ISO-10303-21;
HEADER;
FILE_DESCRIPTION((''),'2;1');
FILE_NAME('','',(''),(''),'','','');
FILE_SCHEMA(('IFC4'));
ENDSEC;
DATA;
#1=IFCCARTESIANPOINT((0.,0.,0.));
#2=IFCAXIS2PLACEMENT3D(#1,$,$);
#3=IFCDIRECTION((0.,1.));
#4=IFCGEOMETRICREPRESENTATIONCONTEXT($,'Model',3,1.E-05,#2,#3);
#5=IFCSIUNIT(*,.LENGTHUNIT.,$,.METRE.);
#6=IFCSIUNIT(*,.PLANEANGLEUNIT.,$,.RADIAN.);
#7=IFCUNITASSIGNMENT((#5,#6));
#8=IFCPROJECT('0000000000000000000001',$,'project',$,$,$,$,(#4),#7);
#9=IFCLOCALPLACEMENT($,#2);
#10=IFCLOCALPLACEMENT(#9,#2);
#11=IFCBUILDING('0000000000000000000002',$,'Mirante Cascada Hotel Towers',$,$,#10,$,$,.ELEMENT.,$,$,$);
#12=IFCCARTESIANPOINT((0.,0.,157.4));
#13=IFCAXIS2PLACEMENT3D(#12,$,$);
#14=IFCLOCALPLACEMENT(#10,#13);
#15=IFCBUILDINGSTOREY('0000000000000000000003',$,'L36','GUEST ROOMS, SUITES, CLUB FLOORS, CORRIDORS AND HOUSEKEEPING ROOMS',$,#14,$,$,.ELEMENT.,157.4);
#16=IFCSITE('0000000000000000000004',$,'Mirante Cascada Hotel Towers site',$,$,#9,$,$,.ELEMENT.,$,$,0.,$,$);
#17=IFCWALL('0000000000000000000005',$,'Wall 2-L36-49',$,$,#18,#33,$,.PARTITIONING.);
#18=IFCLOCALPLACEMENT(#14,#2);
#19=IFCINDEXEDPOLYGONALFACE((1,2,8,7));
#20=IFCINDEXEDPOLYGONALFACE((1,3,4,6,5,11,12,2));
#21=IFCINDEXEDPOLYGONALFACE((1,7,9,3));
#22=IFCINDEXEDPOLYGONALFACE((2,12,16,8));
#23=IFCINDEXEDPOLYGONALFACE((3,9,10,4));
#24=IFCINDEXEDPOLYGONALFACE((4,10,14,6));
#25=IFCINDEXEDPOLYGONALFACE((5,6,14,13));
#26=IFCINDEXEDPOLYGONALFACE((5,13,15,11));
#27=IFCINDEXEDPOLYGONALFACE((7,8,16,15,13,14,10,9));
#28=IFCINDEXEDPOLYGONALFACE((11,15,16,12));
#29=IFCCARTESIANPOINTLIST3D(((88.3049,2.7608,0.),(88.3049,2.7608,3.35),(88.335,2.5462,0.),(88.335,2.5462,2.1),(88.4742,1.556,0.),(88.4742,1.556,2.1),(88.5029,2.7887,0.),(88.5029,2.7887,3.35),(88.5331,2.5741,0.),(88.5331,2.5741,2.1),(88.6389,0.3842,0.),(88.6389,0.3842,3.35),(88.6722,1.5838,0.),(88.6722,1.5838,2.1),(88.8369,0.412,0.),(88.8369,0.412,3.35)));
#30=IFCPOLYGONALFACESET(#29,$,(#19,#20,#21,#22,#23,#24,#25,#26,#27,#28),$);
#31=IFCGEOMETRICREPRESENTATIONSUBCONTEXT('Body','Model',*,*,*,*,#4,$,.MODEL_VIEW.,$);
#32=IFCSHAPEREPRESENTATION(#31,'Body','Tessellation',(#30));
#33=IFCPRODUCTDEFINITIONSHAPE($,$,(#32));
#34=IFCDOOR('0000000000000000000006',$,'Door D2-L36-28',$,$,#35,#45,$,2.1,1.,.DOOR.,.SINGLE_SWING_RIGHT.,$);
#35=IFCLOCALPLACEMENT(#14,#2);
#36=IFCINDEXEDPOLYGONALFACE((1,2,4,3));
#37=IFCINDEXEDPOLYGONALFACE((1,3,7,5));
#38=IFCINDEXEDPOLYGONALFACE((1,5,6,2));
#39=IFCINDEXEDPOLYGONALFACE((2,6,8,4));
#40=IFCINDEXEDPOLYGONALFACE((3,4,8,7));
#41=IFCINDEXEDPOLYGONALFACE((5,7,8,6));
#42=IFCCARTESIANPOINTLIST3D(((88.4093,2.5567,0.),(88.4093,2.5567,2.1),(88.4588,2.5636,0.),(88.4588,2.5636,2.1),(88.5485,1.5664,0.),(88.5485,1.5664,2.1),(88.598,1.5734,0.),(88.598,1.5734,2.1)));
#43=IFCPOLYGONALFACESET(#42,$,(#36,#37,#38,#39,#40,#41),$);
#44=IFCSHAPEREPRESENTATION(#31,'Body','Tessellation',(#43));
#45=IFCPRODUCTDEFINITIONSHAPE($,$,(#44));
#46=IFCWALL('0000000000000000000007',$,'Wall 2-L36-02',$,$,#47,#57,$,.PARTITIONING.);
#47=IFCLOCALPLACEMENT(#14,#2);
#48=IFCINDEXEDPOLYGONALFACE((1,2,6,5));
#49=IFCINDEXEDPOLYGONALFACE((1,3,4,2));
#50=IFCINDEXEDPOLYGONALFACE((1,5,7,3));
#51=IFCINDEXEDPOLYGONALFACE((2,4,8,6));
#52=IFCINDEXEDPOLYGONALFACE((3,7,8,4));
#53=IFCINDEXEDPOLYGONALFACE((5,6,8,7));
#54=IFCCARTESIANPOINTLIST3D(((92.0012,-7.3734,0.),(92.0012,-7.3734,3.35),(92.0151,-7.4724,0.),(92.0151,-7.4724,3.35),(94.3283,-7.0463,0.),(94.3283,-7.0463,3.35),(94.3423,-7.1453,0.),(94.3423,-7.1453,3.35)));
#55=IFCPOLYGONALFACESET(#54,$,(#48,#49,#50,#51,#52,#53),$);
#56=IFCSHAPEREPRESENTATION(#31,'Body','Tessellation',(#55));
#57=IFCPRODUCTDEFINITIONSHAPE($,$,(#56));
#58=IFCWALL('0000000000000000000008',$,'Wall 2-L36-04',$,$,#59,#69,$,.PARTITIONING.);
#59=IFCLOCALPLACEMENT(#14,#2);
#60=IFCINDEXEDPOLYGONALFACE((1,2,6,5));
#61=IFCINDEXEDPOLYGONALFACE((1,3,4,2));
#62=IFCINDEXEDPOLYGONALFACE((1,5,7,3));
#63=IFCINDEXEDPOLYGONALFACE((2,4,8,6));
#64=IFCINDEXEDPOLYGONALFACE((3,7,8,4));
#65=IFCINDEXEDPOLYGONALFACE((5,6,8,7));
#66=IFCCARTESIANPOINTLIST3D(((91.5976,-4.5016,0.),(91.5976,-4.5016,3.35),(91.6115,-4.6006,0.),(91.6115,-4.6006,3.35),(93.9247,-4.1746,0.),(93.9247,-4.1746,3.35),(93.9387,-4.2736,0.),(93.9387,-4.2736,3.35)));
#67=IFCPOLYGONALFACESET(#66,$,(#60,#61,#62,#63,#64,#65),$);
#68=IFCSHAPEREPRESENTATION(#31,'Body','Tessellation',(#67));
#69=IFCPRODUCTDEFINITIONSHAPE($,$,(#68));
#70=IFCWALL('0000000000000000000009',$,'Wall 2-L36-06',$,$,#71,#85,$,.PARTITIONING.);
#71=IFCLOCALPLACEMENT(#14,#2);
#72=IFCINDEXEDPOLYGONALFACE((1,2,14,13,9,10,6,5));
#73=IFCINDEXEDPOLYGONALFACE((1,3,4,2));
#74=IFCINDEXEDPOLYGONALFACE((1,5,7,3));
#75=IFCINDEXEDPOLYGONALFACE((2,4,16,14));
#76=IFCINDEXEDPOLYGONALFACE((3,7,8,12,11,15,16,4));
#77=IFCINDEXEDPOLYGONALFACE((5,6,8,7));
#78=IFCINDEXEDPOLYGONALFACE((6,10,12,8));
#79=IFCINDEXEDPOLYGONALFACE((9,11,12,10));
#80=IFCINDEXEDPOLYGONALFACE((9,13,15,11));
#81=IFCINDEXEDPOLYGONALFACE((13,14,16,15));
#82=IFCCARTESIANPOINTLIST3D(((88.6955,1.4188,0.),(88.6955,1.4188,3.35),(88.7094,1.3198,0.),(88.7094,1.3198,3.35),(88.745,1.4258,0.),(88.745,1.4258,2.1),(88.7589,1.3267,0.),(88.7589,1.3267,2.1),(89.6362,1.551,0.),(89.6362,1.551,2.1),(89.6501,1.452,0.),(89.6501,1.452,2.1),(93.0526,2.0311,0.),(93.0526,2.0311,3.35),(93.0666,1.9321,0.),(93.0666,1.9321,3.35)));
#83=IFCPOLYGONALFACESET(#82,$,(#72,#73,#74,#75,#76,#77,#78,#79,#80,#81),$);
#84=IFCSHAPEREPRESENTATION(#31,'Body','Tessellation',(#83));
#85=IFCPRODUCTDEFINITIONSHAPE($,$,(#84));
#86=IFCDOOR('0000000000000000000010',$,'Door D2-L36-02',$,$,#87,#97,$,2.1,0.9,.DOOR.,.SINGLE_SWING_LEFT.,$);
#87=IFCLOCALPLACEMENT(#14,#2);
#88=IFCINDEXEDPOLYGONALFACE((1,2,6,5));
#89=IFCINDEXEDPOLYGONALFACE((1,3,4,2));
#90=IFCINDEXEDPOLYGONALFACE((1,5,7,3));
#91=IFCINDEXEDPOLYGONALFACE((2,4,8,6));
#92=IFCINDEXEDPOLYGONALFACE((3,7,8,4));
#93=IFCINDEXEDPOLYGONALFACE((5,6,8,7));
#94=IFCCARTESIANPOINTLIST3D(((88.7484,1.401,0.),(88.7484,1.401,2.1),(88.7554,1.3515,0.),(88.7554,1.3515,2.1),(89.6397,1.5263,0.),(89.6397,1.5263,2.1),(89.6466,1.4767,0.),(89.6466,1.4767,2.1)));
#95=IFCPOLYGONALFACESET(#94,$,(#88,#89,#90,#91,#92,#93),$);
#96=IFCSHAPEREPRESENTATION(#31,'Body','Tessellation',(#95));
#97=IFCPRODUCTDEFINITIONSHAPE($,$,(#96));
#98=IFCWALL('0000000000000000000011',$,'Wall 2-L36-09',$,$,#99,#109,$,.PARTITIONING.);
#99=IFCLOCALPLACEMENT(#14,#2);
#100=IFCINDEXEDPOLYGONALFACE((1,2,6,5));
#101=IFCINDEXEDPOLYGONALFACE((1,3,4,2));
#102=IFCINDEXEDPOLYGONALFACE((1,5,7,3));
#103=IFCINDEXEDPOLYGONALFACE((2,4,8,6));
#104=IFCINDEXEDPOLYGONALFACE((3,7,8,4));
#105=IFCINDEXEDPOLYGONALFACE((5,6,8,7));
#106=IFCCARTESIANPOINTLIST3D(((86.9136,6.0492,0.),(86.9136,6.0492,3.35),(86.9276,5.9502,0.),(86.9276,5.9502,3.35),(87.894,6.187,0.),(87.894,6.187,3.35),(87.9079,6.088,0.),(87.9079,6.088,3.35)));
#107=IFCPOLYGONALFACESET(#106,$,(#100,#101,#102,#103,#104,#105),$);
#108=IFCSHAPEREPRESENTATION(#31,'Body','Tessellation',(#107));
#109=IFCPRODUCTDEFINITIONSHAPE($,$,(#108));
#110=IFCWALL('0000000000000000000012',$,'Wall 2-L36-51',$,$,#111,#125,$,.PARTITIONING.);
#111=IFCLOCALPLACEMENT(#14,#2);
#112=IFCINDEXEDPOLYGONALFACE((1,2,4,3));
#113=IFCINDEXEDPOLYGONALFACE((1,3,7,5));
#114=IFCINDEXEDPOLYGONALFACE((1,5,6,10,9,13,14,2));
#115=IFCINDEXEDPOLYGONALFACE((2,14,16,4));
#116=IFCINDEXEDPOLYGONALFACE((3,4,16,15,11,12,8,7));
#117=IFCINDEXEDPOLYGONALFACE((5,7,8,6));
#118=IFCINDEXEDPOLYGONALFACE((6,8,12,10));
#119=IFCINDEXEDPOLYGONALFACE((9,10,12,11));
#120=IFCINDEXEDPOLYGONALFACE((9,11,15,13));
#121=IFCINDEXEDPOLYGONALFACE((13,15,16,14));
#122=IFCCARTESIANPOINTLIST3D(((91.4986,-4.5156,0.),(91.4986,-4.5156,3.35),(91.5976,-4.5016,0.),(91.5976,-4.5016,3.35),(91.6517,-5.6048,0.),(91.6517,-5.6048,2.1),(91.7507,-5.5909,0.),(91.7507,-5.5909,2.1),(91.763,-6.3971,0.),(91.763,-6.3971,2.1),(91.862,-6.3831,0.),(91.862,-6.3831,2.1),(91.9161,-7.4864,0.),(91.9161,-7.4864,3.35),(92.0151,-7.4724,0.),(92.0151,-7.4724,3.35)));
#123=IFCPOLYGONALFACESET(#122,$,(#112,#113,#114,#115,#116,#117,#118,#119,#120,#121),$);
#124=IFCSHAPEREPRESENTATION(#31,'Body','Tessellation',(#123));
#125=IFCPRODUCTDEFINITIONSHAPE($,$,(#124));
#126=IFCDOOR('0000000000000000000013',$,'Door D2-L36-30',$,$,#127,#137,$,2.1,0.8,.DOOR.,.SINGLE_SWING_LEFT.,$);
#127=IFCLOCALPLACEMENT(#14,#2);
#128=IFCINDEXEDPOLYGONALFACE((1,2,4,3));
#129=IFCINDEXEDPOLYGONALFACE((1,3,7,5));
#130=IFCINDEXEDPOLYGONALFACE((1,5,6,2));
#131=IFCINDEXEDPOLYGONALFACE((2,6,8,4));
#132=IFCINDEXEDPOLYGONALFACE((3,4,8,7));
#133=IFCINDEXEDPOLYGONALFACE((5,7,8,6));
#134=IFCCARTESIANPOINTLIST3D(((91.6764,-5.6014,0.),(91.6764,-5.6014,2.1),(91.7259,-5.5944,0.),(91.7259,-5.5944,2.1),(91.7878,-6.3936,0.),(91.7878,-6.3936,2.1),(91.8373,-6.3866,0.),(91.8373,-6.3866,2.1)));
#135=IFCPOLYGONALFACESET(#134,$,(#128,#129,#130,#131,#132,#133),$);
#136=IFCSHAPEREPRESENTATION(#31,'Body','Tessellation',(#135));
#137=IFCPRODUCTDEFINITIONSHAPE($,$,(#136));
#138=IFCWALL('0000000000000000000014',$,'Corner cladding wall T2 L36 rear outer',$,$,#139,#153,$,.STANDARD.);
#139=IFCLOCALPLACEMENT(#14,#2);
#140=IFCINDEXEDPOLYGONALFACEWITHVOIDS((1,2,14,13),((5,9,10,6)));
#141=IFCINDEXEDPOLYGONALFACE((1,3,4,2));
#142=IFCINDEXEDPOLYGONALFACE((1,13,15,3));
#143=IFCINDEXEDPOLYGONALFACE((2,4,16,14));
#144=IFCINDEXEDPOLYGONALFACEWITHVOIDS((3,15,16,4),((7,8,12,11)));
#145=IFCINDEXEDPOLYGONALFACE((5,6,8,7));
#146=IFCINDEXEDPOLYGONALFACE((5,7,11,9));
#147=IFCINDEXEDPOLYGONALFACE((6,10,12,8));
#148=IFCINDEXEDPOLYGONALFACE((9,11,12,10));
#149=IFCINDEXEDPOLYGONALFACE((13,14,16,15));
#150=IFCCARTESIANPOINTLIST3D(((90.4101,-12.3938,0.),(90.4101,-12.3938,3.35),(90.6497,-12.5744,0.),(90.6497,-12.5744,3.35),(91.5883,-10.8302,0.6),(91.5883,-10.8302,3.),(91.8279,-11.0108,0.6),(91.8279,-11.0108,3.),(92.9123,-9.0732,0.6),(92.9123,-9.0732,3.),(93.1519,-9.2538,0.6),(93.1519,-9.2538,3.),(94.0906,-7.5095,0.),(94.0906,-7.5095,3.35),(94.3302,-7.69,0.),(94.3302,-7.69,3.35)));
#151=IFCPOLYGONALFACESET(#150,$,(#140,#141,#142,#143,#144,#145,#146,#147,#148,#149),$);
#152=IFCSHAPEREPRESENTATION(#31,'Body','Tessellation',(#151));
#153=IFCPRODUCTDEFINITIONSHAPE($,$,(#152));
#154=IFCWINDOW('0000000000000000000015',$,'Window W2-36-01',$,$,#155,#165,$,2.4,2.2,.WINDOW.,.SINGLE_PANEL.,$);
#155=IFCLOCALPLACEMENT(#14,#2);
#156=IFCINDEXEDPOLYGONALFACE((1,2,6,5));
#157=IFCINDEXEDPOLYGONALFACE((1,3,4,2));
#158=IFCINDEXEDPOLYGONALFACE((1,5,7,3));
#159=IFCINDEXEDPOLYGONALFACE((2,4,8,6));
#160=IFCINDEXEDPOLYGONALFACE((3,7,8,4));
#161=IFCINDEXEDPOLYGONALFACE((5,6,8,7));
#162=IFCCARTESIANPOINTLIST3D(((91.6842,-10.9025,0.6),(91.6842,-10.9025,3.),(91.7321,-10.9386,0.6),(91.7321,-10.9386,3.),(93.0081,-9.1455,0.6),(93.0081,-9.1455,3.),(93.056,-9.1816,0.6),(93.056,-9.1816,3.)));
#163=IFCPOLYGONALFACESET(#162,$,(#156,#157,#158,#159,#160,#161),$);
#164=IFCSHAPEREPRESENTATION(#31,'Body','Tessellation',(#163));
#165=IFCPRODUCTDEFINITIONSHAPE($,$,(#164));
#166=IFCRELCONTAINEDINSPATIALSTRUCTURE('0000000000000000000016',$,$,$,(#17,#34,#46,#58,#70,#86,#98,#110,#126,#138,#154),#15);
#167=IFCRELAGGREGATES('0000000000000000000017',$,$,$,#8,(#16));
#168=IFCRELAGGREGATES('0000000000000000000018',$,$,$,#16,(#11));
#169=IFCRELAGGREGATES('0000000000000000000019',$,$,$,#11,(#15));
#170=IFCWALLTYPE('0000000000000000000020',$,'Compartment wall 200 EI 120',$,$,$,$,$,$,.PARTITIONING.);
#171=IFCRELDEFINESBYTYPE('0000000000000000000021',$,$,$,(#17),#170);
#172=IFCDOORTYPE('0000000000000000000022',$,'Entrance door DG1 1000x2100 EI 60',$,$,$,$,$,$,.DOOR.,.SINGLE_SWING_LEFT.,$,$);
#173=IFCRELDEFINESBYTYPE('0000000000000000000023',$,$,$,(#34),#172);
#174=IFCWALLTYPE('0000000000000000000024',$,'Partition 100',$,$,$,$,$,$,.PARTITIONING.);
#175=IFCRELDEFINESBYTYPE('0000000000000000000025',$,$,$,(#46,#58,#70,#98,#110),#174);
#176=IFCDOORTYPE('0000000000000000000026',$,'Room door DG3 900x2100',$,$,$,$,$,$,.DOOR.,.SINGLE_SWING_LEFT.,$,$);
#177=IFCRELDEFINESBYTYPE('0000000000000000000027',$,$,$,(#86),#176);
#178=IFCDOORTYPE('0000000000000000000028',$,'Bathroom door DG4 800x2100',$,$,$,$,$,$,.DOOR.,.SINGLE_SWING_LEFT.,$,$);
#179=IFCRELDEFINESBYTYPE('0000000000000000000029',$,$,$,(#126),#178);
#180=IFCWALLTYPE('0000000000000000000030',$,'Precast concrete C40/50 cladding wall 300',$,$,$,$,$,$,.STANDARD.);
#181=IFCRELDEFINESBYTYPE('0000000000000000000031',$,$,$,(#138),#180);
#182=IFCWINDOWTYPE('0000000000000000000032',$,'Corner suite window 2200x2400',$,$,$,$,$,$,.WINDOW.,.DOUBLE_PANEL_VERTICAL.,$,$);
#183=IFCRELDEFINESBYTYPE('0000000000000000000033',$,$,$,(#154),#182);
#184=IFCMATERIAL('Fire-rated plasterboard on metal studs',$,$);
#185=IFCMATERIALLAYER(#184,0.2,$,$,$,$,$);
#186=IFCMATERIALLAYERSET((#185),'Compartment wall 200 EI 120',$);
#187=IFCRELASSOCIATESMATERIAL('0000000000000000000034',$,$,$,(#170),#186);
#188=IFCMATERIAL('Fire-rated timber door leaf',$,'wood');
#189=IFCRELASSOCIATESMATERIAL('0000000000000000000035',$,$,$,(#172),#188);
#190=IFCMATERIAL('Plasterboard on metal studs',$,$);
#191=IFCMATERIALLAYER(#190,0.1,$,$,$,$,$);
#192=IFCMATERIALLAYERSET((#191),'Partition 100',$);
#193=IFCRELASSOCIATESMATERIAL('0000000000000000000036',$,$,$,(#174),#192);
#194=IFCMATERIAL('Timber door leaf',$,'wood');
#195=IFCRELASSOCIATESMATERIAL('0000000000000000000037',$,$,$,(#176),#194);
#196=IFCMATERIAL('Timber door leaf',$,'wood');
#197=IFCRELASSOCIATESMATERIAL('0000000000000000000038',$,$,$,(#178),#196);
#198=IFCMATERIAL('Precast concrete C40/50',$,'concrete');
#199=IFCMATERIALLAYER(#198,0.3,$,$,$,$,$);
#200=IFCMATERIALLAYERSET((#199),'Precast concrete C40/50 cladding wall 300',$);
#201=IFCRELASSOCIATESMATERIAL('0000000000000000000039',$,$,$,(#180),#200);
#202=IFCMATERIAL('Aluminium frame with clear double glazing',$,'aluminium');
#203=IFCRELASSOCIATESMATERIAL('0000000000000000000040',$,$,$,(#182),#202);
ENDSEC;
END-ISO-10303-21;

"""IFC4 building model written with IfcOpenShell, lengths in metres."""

from ifc_helpers import new_model, si_unit, direction, frame, frame_2d, origin, place, context, subcontext, project, spatial, rectangle, extrude, material, layer, layer_set, type_object, element, fill, save


model = new_model("IFC4")

# Units and contexts
model_context = context("Model", 3, precision=1e-05, world=origin(), true_north=direction((0.0, 1.0)))
body_context = subcontext(model_context, "Body", "Model", "MODEL_VIEW")
ifc_project = project(units=[si_unit("LENGTHUNIT", "METRE"), si_unit("PLANEANGLEUNIT", "RADIAN")], contexts=[model_context])

# Site, building, storey
site_placement = place(None, origin())
site = spatial("IfcSite", under=ifc_project, at=site_placement, Name="Mirante Cascada Hotel Towers site", CompositionType="ELEMENT", RefElevation=0.0)
building_placement = place(site_placement, origin())
building = spatial("IfcBuilding", under=site, at=building_placement, Name="Mirante Cascada Hotel Towers", CompositionType="ELEMENT")
storey_placement = place(building_placement, frame((0.0, 0.0, 157.4)))
storey = spatial("IfcBuildingStorey", under=building, at=storey_placement, Name="L36", Description="GUEST ROOMS, SUITES, CLUB FLOORS, CORRIDORS AND HOUSEKEEPING ROOMS", CompositionType="ELEMENT", Elevation=157.4)

# Shared definitions
ifc_material_1 = material(Name="Fire-rated plasterboard on metal studs")
ifc_layer_1 = layer(ifc_material_1, 0.2)
ifc_layer_set_1 = layer_set([ifc_layer_1], Name="Compartment wall 200 EI 120")
wall_type_1 = type_object("IfcWallType", Name="Compartment wall 200 EI 120", PredefinedType="PARTITIONING", material=ifc_layer_set_1)

# Wall, opening, door
wall_1_placement = place(storey_placement, frame((88.7379, 0.3981, 0.0), z_axis=(0.0, 0.0, 1.0), x_axis=(-0.139169, 0.990269, 0.0)))
wall_1 = element("IfcWall", 1, at=wall_1_placement, inside=storey, type_object=wall_type_1, Name="Wall 2-L36-49", PredefinedType="PARTITIONING", context=body_context, shape_type="SweptSolid", body=[
    extrude(rectangle(XDim=2.4, YDim=0.2, at=frame_2d((1.2, 0.0))), origin(), (0.0, 0.0, 1.0), 3.35),
])
opening_1_placement = place(wall_1_placement, frame((1.1833, 0.0, 0.0)))
opening_1 = element("IfcOpeningElement", 2, at=opening_1_placement, cuts=wall_1, PredefinedType="OPENING", context=body_context, shape_type="SweptSolid", body=[
    extrude(rectangle(XDim=1.0, YDim=2.1, at=frame_2d((0.5, 1.05))), frame((0.0, 0.1, 0.0), z_axis=(0.0, -1.0, 0.0), x_axis=(1.0, 0.0, 0.0)), (0.0, 0.0, 1.0), 0.2),
])
ifc_material_2 = material(Name="Fire-rated timber door leaf", Category="wood")
door_type_1 = type_object("IfcDoorType", Name="Entrance door DG1 1000x2100 EI 60", OperationType="SINGLE_SWING_LEFT", PredefinedType="DOOR", material=ifc_material_2)
door_1_placement = place(opening_1_placement, frame((1.0, 0.0, 0.0), z_axis=(0.0, 0.0, 1.0), x_axis=(-1.0, 0.0, 0.0)))
door_1 = element("IfcDoor", 3, at=door_1_placement, inside=storey, type_object=door_type_1, Name="Door D2-L36-28", OperationType="SINGLE_SWING_RIGHT", OverallHeight=2.1, OverallWidth=1.0, PredefinedType="DOOR", context=body_context, shape_type="SweptSolid", body=[
    extrude(rectangle(XDim=1.0, YDim=2.1, at=frame_2d((0.5, 1.05))), frame((0.0, 0.025, 0.0), z_axis=(0.0, -1.0, 0.0), x_axis=(1.0, 0.0, 0.0)), (0.0, 0.0, 1.0), 0.05),
])
fill(opening_1, door_1)

# Walls
ifc_material_3 = material(Name="Plasterboard on metal studs")
ifc_layer_2 = layer(ifc_material_3, 0.1)
ifc_layer_set_2 = layer_set([ifc_layer_2], Name="Partition 100")
wall_type_2 = type_object("IfcWallType", Name="Partition 100", PredefinedType="PARTITIONING", material=ifc_layer_set_2)
for number, where, z_axis, x_axis, name in (
    (4, (94.3353, -7.0958, 0.0), (0.0, 0.0, 1.0), (-0.990265, -0.139193, 0.0), "Wall 2-L36-02"),
    (5, (93.9317, -4.2241, 0.0), (0.0, 0.0, 1.0), (-0.990271, -0.139151, 0.0), "Wall 2-L36-04"),
):
    element("IfcWall", number, at=place(storey_placement, frame(where, z_axis=z_axis, x_axis=x_axis)), inside=storey, type_object=wall_type_2, Name=name, PredefinedType="PARTITIONING", context=body_context, shape_type="SweptSolid", body=[
        extrude(rectangle(XDim=2.35, YDim=0.1, at=frame_2d((1.175, 0.0))), origin(), (0.0, 0.0, 1.0), 3.35),
    ])

# Wall, opening, door
wall_2_placement = place(storey_placement, frame((93.0596, 1.9816, 0.0), z_axis=(0.0, 0.0, 1.0), x_axis=(-0.99027, -0.139159, 0.0)))
wall_2 = element("IfcWall", 6, at=wall_2_placement, inside=storey, type_object=wall_type_2, Name="Wall 2-L36-06", PredefinedType="PARTITIONING", context=body_context, shape_type="SweptSolid", body=[
    extrude(rectangle(XDim=4.4, YDim=0.1, at=frame_2d((2.2, 0.0))), origin(), (0.0, 0.0, 1.0), 3.35),
])
opening_2_placement = place(wall_2_placement, frame((3.45, 0.0, 0.0)))
opening_2 = element("IfcOpeningElement", 7, at=opening_2_placement, cuts=wall_2, PredefinedType="OPENING", context=body_context, shape_type="SweptSolid", body=[
    extrude(rectangle(XDim=0.9, YDim=2.1, at=frame_2d((0.45, 1.05))), frame((0.0, 0.05, 0.0), z_axis=(0.0, -1.0, 0.0), x_axis=(1.0, 0.0, 0.0)), (0.0, 0.0, 1.0), 0.1),
])
ifc_material_4 = material(Name="Timber door leaf", Category="wood")
door_type_2 = type_object("IfcDoorType", Name="Room door DG3 900x2100", OperationType="SINGLE_SWING_LEFT", PredefinedType="DOOR", material=ifc_material_4)
door_2_placement = place(opening_2_placement, origin())
door_2 = element("IfcDoor", 8, at=door_2_placement, inside=storey, type_object=door_type_2, Name="Door D2-L36-02", OperationType="SINGLE_SWING_LEFT", OverallHeight=2.1, OverallWidth=0.9, PredefinedType="DOOR", context=body_context, shape_type="SweptSolid", body=[
    extrude(rectangle(XDim=0.9, YDim=2.1, at=frame_2d((0.45, 1.05))), frame((0.0, 0.025, 0.0), z_axis=(0.0, -1.0, 0.0), x_axis=(1.0, 0.0, 0.0)), (0.0, 0.0, 1.0), 0.05),
])
fill(opening_2, door_2)

# Wall
wall_3_placement = place(storey_placement, frame((86.9206, 5.9997, 0.0), z_axis=(0.0, 0.0, 1.0), x_axis=(0.990266, 0.139187, 0.0)))
element("IfcWall", 9, at=wall_3_placement, inside=storey, type_object=wall_type_2, Name="Wall 2-L36-09", PredefinedType="PARTITIONING", context=body_context, shape_type="SweptSolid", body=[
    extrude(rectangle(XDim=0.99, YDim=0.1, at=frame_2d((0.495, 0.0))), origin(), (0.0, 0.0, 1.0), 3.35),
])

# Wall, opening, door
wall_4_placement = place(storey_placement, frame((91.9656, -7.4794, 0.0), z_axis=(0.0, 0.0, 1.0), x_axis=(-0.139167, 0.990269, 0.0)))
wall_4 = element("IfcWall", 10, at=wall_4_placement, inside=storey, type_object=wall_type_2, Name="Wall 2-L36-51", PredefinedType="PARTITIONING", context=body_context, shape_type="SweptSolid", body=[
    extrude(rectangle(XDim=3.0, YDim=0.1, at=frame_2d((1.5, 0.0))), origin(), (0.0, 0.0, 1.0), 3.35),
])
opening_3_placement = place(wall_4_placement, frame((1.1, 0.0, 0.0)))
opening_3 = element("IfcOpeningElement", 11, at=opening_3_placement, cuts=wall_4, PredefinedType="OPENING", context=body_context, shape_type="SweptSolid", body=[
    extrude(rectangle(XDim=0.8, YDim=2.1, at=frame_2d((0.4, 1.05))), frame((0.0, 0.05, 0.0), z_axis=(0.0, -1.0, 0.0), x_axis=(1.0, 0.0, 0.0)), (0.0, 0.0, 1.0), 0.1),
])
ifc_material_5 = material(Name="Timber door leaf", Category="wood")
door_type_3 = type_object("IfcDoorType", Name="Bathroom door DG4 800x2100", OperationType="SINGLE_SWING_LEFT", PredefinedType="DOOR", material=ifc_material_5)
door_3_placement = place(opening_3_placement, origin())
door_3 = element("IfcDoor", 12, at=door_3_placement, inside=storey, type_object=door_type_3, Name="Door D2-L36-30", OperationType="SINGLE_SWING_LEFT", OverallHeight=2.1, OverallWidth=0.8, PredefinedType="DOOR", context=body_context, shape_type="SweptSolid", body=[
    extrude(rectangle(XDim=0.8, YDim=2.1, at=frame_2d((0.4, 1.05))), frame((0.0, 0.025, 0.0), z_axis=(0.0, -1.0, 0.0), x_axis=(1.0, 0.0, 0.0)), (0.0, 0.0, 1.0), 0.05),
])
fill(opening_3, door_3)

# Wall, opening, window
ifc_material_6 = material(Name="Precast concrete C40/50", Category="concrete")
ifc_layer_3 = layer(ifc_material_6, 0.3)
ifc_layer_set_3 = layer_set([ifc_layer_3], Name="Precast concrete C40/50 cladding wall 300")
wall_type_3 = type_object("IfcWallType", Name="Precast concrete C40/50 cladding wall 300", PredefinedType="STANDARD", material=ifc_layer_set_3)
wall_5_placement = place(storey_placement, frame((90.5299, -12.4841, 0.0), z_axis=(0.0, 0.0, 1.0), x_axis=(0.601806, 0.798642, 0.0)))
wall_5 = element("IfcWall", 13, at=wall_5_placement, inside=storey, type_object=wall_type_3, Name="Corner cladding wall T2 L36 rear outer", PredefinedType="STANDARD", context=body_context, shape_type="SweptSolid", body=[
    extrude(rectangle(XDim=6.1158, YDim=0.3, at=frame_2d((3.0579, 0.0))), origin(), (0.0, 0.0, 1.0), 3.35),
])
opening_4_placement = place(wall_5_placement, frame((1.9578, 0.0, 0.6)))
opening_4 = element("IfcOpeningElement", 14, at=opening_4_placement, cuts=wall_5, PredefinedType="OPENING", context=body_context, shape_type="SweptSolid", body=[
    extrude(rectangle(XDim=2.2, YDim=2.4, at=frame_2d((1.1, 1.2))), frame((0.0, 0.15, 0.0), z_axis=(0.0, -1.0, 0.0), x_axis=(1.0, 0.0, 0.0)), (0.0, 0.0, 1.0), 0.3),
])
ifc_material_7 = material(Name="Aluminium frame with clear double glazing", Category="aluminium")
window_type = type_object("IfcWindowType", Name="Corner suite window 2200x2400", PartitioningType="DOUBLE_PANEL_VERTICAL", PredefinedType="WINDOW", material=ifc_material_7)
window_placement = place(opening_4_placement, origin())
window = element("IfcWindow", 15, at=window_placement, inside=storey, type_object=window_type, Name="Window W2-36-01", OverallHeight=2.4, OverallWidth=2.2, PartitioningType="SINGLE_PANEL", PredefinedType="WINDOW", context=body_context, shape_type="SweptSolid", body=[
    extrude(rectangle(XDim=2.2, YDim=2.4, at=frame_2d((1.1, 1.2))), frame((0.0, 0.03, 0.0), z_axis=(0.0, -1.0, 0.0), x_axis=(1.0, 0.0, 0.0)), (0.0, 0.0, 1.0), 0.06),
])
fill(opening_4, window)

save(model, "model.ifc")
